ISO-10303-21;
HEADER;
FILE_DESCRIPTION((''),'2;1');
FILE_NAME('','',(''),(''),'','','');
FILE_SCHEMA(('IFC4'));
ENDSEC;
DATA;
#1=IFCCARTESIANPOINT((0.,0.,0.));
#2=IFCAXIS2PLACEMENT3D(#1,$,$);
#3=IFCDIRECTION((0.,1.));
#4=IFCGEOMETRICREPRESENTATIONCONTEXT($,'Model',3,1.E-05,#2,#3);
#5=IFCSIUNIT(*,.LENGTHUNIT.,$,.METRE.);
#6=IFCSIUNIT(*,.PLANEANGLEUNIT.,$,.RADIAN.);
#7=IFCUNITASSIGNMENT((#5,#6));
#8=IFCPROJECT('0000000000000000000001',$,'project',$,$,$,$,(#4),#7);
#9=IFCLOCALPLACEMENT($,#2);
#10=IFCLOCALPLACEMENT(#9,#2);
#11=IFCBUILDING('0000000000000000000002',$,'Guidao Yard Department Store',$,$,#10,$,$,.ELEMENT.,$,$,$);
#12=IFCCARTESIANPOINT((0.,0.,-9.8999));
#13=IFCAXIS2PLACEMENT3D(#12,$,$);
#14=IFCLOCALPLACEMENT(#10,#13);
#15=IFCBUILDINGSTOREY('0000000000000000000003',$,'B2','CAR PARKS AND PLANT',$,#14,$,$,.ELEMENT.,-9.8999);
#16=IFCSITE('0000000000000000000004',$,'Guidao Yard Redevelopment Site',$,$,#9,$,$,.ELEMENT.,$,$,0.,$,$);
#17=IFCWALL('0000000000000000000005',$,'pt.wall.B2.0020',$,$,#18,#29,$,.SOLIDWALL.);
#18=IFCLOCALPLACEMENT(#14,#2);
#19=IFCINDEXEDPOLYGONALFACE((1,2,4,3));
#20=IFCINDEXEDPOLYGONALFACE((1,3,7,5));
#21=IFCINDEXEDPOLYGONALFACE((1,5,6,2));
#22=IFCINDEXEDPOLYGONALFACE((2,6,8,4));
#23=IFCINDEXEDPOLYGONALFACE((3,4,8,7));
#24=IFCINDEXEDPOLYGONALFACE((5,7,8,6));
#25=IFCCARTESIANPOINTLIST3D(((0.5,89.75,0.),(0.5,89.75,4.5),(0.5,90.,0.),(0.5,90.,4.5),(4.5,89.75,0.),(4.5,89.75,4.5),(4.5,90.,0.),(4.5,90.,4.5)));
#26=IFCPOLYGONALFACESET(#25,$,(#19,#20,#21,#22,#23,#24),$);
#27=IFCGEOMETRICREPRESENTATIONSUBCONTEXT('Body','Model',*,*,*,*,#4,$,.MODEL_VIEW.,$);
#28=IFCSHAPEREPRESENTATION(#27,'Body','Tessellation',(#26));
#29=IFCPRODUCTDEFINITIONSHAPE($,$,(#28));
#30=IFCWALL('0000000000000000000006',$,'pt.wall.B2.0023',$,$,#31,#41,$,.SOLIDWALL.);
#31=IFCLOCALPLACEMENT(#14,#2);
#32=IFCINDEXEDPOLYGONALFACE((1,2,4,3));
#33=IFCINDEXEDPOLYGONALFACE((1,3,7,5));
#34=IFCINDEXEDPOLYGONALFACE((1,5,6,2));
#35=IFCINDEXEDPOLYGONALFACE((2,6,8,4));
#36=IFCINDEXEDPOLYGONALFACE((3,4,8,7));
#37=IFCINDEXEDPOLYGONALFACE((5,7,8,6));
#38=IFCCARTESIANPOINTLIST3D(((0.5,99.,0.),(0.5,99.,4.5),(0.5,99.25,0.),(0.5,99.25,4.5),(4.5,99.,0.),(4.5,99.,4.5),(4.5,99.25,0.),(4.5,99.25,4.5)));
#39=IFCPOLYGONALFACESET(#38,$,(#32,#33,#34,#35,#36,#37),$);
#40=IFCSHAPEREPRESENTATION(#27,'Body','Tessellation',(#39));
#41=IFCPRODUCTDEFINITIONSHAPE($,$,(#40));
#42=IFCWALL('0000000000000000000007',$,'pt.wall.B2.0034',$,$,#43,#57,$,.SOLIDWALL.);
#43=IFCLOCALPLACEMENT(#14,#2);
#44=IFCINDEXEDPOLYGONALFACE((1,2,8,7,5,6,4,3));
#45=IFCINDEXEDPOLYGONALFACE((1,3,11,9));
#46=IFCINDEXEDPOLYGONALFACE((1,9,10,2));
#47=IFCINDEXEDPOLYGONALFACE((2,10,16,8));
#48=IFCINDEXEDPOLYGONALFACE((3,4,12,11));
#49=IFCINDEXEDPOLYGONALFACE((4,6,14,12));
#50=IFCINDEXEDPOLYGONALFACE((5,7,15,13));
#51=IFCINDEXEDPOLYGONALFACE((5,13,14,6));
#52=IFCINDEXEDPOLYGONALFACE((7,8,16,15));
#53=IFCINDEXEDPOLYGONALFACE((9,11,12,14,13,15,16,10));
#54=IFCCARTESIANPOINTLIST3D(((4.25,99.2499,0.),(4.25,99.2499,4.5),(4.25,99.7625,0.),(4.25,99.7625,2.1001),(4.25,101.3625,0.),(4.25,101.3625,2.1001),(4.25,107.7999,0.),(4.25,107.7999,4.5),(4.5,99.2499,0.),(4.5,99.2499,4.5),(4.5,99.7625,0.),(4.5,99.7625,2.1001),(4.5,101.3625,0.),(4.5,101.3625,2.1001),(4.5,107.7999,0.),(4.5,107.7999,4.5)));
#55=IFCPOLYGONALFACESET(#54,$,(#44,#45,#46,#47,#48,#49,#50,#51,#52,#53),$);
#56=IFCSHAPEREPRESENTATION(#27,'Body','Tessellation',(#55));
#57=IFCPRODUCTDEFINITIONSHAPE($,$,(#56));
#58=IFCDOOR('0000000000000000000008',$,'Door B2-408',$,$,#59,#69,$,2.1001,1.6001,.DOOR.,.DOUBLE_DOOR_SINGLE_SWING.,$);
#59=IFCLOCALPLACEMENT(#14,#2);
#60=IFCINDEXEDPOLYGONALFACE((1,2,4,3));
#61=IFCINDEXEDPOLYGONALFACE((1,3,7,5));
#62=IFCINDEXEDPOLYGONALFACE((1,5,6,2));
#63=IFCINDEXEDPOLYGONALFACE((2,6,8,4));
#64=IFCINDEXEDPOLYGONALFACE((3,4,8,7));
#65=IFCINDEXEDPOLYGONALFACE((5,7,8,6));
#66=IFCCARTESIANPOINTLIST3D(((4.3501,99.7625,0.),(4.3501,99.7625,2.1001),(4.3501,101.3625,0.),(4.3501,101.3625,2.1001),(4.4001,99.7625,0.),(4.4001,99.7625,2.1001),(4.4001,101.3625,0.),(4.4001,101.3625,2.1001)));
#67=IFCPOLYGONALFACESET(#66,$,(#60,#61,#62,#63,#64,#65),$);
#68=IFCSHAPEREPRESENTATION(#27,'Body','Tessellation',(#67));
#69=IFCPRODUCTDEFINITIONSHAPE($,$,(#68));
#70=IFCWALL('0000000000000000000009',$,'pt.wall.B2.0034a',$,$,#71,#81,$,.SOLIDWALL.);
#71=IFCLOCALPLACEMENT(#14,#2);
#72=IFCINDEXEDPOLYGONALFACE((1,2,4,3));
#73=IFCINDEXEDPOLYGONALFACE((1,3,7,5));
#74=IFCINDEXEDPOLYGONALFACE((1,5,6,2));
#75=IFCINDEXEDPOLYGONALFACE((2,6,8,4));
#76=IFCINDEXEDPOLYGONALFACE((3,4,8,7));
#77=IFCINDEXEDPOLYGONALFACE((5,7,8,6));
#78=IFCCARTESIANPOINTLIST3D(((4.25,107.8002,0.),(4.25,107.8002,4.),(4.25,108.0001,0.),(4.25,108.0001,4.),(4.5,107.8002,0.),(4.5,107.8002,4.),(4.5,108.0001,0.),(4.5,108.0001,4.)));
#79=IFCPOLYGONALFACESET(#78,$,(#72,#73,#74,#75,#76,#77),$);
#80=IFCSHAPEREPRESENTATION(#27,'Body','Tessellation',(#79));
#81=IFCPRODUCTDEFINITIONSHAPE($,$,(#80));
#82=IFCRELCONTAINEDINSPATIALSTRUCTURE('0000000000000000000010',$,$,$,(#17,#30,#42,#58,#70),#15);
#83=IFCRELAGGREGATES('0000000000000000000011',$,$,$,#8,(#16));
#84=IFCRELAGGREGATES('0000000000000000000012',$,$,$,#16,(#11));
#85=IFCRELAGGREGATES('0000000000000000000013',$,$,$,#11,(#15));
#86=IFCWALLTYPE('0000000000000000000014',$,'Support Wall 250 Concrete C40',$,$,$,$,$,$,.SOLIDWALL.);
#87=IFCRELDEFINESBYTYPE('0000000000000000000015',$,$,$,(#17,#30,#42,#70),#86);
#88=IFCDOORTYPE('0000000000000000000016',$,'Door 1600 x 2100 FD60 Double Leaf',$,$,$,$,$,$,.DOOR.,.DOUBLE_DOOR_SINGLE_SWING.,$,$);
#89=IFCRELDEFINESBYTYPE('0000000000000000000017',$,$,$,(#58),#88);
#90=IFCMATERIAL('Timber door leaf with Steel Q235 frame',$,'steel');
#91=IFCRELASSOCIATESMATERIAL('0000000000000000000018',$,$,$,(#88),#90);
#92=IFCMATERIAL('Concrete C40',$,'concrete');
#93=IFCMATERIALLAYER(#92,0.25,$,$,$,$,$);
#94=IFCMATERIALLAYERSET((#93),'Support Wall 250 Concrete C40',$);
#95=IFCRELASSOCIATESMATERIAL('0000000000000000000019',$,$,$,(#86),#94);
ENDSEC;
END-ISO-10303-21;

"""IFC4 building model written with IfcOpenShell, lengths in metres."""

from ifc_helpers import new_model, si_unit, direction, frame, frame_2d, origin, place, context, subcontext, project, spatial, rectangle, extrude, material, layer, layer_set, type_object, element, fill, save


model = new_model("IFC4")

# Units and contexts
model_context = context("Model", 3, precision=1e-05, world=origin(), true_north=direction((0.0, 1.0)))
body_context = subcontext(model_context, "Body", "Model", "MODEL_VIEW")
ifc_project = project(units=[si_unit("LENGTHUNIT", "METRE"), si_unit("PLANEANGLEUNIT", "RADIAN")], contexts=[model_context])

# Site, building, storey
site_placement = place(None, origin())
site = spatial("IfcSite", under=ifc_project, at=site_placement, Name="Guidao Yard Redevelopment Site", CompositionType="ELEMENT", RefElevation=0.0)
building_placement = place(site_placement, origin())
building = spatial("IfcBuilding", under=site, at=building_placement, Name="Guidao Yard Department Store", CompositionType="ELEMENT")
storey_placement = place(building_placement, frame((0.0, 0.0, -9.8999)))
storey = spatial("IfcBuildingStorey", under=building, at=storey_placement, Name="B2", Description="CAR PARKS AND PLANT", CompositionType="ELEMENT", Elevation=-9.8999)

# Shared definitions
ifc_material_1 = material(Name="Timber door leaf with Steel Q235 frame", Category="steel")
door_type_1 = type_object("IfcDoorType", Name="Door 1600 x 2100 FD60 Double Leaf", OperationType="DOUBLE_DOOR_SINGLE_SWING", PredefinedType="DOOR", material=ifc_material_1)

# Walls
ifc_material_2 = material(Name="Concrete C40", Category="concrete")
ifc_layer_1 = layer(ifc_material_2, 0.25)
ifc_layer_set_1 = layer_set([ifc_layer_1], Name="Support Wall 250 Concrete C40")
wall_type_1 = type_object("IfcWallType", Name="Support Wall 250 Concrete C40", PredefinedType="SOLIDWALL", material=ifc_layer_set_1)
for number, where, z_axis, x_axis, name in (
    (1, (0.5, 89.875, 0.0), (0.0, 0.0, 1.0), (1.0, 0.0, 0.0), "pt.wall.B2.0020"),
    (2, (0.5, 99.125, 0.0), (0.0, 0.0, 1.0), (1.0, 0.0, 0.0), "pt.wall.B2.0023"),
):
    element("IfcWall", number, at=place(storey_placement, frame(where, z_axis=z_axis, x_axis=x_axis)), inside=storey, type_object=wall_type_1, Name=name, PredefinedType="SOLIDWALL", context=body_context, shape_type="SweptSolid", body=[
        extrude(rectangle(XDim=4.0, YDim=0.25, at=frame_2d((2.0, 0.0))), origin(), (0.0, 0.0, 1.0), 4.5),
    ])

# Wall, opening, door
wall_1_placement = place(storey_placement, frame((4.375, 99.25, 0.0), z_axis=(0.0, 0.0, 1.0), x_axis=(0.0, 1.0, 0.0)))
wall_1 = element("IfcWall", 3, at=wall_1_placement, inside=storey, type_object=wall_type_1, Name="pt.wall.B2.0034", PredefinedType="SOLIDWALL", context=body_context, shape_type="SweptSolid", body=[
    extrude(rectangle(XDim=8.55, YDim=0.25, at=frame_2d((4.2749, 0.0))), origin(), (0.0, 0.0, 1.0), 4.5),
])
opening_1_placement = place(wall_1_placement, frame((0.5125, 0.0, 0.0)))
opening_1 = element("IfcOpeningElement", 4, at=opening_1_placement, cuts=wall_1, PredefinedType="OPENING", context=body_context, shape_type="SweptSolid", body=[
    extrude(rectangle(XDim=1.6001, YDim=2.1001, at=frame_2d((0.8, 1.05))), frame((0.0, 0.135, 0.0), z_axis=(0.0, -1.0, 0.0), x_axis=(1.0, 0.0, 0.0)), (0.0, 0.0, 1.0), 0.27),
])
door_1_placement = place(opening_1_placement, origin())
door_1 = element("IfcDoor", 5, at=door_1_placement, inside=storey, type_object=door_type_1, Name="Door B2-408", OperationType="DOUBLE_DOOR_SINGLE_SWING", OverallHeight=2.1001, OverallWidth=1.6001, PredefinedType="DOOR", context=body_context, shape_type="SweptSolid", body=[
    extrude(rectangle(XDim=1.6001, YDim=2.1001, at=frame_2d((0.8, 1.05))), frame((0.0, 0.0249, 0.0), z_axis=(0.0, -1.0, 0.0), x_axis=(1.0, 0.0, 0.0)), (0.0, 0.0, 1.0), 0.05),
])
fill(opening_1, door_1)

# Wall
wall_2_placement = place(storey_placement, frame((4.375, 107.8, 0.0), z_axis=(0.0, 0.0, 1.0), x_axis=(0.0, 1.0, 0.0)))
element("IfcWall", 6, at=wall_2_placement, inside=storey, type_object=wall_type_1, Name="pt.wall.B2.0034a", PredefinedType="SOLIDWALL", context=body_context, shape_type="SweptSolid", body=[
    extrude(rectangle(XDim=0.2, YDim=0.25, at=frame_2d((0.1001, 0.0))), origin(), (0.0, 0.0, 1.0), 4.0),
])

save(model, "model.ifc")
